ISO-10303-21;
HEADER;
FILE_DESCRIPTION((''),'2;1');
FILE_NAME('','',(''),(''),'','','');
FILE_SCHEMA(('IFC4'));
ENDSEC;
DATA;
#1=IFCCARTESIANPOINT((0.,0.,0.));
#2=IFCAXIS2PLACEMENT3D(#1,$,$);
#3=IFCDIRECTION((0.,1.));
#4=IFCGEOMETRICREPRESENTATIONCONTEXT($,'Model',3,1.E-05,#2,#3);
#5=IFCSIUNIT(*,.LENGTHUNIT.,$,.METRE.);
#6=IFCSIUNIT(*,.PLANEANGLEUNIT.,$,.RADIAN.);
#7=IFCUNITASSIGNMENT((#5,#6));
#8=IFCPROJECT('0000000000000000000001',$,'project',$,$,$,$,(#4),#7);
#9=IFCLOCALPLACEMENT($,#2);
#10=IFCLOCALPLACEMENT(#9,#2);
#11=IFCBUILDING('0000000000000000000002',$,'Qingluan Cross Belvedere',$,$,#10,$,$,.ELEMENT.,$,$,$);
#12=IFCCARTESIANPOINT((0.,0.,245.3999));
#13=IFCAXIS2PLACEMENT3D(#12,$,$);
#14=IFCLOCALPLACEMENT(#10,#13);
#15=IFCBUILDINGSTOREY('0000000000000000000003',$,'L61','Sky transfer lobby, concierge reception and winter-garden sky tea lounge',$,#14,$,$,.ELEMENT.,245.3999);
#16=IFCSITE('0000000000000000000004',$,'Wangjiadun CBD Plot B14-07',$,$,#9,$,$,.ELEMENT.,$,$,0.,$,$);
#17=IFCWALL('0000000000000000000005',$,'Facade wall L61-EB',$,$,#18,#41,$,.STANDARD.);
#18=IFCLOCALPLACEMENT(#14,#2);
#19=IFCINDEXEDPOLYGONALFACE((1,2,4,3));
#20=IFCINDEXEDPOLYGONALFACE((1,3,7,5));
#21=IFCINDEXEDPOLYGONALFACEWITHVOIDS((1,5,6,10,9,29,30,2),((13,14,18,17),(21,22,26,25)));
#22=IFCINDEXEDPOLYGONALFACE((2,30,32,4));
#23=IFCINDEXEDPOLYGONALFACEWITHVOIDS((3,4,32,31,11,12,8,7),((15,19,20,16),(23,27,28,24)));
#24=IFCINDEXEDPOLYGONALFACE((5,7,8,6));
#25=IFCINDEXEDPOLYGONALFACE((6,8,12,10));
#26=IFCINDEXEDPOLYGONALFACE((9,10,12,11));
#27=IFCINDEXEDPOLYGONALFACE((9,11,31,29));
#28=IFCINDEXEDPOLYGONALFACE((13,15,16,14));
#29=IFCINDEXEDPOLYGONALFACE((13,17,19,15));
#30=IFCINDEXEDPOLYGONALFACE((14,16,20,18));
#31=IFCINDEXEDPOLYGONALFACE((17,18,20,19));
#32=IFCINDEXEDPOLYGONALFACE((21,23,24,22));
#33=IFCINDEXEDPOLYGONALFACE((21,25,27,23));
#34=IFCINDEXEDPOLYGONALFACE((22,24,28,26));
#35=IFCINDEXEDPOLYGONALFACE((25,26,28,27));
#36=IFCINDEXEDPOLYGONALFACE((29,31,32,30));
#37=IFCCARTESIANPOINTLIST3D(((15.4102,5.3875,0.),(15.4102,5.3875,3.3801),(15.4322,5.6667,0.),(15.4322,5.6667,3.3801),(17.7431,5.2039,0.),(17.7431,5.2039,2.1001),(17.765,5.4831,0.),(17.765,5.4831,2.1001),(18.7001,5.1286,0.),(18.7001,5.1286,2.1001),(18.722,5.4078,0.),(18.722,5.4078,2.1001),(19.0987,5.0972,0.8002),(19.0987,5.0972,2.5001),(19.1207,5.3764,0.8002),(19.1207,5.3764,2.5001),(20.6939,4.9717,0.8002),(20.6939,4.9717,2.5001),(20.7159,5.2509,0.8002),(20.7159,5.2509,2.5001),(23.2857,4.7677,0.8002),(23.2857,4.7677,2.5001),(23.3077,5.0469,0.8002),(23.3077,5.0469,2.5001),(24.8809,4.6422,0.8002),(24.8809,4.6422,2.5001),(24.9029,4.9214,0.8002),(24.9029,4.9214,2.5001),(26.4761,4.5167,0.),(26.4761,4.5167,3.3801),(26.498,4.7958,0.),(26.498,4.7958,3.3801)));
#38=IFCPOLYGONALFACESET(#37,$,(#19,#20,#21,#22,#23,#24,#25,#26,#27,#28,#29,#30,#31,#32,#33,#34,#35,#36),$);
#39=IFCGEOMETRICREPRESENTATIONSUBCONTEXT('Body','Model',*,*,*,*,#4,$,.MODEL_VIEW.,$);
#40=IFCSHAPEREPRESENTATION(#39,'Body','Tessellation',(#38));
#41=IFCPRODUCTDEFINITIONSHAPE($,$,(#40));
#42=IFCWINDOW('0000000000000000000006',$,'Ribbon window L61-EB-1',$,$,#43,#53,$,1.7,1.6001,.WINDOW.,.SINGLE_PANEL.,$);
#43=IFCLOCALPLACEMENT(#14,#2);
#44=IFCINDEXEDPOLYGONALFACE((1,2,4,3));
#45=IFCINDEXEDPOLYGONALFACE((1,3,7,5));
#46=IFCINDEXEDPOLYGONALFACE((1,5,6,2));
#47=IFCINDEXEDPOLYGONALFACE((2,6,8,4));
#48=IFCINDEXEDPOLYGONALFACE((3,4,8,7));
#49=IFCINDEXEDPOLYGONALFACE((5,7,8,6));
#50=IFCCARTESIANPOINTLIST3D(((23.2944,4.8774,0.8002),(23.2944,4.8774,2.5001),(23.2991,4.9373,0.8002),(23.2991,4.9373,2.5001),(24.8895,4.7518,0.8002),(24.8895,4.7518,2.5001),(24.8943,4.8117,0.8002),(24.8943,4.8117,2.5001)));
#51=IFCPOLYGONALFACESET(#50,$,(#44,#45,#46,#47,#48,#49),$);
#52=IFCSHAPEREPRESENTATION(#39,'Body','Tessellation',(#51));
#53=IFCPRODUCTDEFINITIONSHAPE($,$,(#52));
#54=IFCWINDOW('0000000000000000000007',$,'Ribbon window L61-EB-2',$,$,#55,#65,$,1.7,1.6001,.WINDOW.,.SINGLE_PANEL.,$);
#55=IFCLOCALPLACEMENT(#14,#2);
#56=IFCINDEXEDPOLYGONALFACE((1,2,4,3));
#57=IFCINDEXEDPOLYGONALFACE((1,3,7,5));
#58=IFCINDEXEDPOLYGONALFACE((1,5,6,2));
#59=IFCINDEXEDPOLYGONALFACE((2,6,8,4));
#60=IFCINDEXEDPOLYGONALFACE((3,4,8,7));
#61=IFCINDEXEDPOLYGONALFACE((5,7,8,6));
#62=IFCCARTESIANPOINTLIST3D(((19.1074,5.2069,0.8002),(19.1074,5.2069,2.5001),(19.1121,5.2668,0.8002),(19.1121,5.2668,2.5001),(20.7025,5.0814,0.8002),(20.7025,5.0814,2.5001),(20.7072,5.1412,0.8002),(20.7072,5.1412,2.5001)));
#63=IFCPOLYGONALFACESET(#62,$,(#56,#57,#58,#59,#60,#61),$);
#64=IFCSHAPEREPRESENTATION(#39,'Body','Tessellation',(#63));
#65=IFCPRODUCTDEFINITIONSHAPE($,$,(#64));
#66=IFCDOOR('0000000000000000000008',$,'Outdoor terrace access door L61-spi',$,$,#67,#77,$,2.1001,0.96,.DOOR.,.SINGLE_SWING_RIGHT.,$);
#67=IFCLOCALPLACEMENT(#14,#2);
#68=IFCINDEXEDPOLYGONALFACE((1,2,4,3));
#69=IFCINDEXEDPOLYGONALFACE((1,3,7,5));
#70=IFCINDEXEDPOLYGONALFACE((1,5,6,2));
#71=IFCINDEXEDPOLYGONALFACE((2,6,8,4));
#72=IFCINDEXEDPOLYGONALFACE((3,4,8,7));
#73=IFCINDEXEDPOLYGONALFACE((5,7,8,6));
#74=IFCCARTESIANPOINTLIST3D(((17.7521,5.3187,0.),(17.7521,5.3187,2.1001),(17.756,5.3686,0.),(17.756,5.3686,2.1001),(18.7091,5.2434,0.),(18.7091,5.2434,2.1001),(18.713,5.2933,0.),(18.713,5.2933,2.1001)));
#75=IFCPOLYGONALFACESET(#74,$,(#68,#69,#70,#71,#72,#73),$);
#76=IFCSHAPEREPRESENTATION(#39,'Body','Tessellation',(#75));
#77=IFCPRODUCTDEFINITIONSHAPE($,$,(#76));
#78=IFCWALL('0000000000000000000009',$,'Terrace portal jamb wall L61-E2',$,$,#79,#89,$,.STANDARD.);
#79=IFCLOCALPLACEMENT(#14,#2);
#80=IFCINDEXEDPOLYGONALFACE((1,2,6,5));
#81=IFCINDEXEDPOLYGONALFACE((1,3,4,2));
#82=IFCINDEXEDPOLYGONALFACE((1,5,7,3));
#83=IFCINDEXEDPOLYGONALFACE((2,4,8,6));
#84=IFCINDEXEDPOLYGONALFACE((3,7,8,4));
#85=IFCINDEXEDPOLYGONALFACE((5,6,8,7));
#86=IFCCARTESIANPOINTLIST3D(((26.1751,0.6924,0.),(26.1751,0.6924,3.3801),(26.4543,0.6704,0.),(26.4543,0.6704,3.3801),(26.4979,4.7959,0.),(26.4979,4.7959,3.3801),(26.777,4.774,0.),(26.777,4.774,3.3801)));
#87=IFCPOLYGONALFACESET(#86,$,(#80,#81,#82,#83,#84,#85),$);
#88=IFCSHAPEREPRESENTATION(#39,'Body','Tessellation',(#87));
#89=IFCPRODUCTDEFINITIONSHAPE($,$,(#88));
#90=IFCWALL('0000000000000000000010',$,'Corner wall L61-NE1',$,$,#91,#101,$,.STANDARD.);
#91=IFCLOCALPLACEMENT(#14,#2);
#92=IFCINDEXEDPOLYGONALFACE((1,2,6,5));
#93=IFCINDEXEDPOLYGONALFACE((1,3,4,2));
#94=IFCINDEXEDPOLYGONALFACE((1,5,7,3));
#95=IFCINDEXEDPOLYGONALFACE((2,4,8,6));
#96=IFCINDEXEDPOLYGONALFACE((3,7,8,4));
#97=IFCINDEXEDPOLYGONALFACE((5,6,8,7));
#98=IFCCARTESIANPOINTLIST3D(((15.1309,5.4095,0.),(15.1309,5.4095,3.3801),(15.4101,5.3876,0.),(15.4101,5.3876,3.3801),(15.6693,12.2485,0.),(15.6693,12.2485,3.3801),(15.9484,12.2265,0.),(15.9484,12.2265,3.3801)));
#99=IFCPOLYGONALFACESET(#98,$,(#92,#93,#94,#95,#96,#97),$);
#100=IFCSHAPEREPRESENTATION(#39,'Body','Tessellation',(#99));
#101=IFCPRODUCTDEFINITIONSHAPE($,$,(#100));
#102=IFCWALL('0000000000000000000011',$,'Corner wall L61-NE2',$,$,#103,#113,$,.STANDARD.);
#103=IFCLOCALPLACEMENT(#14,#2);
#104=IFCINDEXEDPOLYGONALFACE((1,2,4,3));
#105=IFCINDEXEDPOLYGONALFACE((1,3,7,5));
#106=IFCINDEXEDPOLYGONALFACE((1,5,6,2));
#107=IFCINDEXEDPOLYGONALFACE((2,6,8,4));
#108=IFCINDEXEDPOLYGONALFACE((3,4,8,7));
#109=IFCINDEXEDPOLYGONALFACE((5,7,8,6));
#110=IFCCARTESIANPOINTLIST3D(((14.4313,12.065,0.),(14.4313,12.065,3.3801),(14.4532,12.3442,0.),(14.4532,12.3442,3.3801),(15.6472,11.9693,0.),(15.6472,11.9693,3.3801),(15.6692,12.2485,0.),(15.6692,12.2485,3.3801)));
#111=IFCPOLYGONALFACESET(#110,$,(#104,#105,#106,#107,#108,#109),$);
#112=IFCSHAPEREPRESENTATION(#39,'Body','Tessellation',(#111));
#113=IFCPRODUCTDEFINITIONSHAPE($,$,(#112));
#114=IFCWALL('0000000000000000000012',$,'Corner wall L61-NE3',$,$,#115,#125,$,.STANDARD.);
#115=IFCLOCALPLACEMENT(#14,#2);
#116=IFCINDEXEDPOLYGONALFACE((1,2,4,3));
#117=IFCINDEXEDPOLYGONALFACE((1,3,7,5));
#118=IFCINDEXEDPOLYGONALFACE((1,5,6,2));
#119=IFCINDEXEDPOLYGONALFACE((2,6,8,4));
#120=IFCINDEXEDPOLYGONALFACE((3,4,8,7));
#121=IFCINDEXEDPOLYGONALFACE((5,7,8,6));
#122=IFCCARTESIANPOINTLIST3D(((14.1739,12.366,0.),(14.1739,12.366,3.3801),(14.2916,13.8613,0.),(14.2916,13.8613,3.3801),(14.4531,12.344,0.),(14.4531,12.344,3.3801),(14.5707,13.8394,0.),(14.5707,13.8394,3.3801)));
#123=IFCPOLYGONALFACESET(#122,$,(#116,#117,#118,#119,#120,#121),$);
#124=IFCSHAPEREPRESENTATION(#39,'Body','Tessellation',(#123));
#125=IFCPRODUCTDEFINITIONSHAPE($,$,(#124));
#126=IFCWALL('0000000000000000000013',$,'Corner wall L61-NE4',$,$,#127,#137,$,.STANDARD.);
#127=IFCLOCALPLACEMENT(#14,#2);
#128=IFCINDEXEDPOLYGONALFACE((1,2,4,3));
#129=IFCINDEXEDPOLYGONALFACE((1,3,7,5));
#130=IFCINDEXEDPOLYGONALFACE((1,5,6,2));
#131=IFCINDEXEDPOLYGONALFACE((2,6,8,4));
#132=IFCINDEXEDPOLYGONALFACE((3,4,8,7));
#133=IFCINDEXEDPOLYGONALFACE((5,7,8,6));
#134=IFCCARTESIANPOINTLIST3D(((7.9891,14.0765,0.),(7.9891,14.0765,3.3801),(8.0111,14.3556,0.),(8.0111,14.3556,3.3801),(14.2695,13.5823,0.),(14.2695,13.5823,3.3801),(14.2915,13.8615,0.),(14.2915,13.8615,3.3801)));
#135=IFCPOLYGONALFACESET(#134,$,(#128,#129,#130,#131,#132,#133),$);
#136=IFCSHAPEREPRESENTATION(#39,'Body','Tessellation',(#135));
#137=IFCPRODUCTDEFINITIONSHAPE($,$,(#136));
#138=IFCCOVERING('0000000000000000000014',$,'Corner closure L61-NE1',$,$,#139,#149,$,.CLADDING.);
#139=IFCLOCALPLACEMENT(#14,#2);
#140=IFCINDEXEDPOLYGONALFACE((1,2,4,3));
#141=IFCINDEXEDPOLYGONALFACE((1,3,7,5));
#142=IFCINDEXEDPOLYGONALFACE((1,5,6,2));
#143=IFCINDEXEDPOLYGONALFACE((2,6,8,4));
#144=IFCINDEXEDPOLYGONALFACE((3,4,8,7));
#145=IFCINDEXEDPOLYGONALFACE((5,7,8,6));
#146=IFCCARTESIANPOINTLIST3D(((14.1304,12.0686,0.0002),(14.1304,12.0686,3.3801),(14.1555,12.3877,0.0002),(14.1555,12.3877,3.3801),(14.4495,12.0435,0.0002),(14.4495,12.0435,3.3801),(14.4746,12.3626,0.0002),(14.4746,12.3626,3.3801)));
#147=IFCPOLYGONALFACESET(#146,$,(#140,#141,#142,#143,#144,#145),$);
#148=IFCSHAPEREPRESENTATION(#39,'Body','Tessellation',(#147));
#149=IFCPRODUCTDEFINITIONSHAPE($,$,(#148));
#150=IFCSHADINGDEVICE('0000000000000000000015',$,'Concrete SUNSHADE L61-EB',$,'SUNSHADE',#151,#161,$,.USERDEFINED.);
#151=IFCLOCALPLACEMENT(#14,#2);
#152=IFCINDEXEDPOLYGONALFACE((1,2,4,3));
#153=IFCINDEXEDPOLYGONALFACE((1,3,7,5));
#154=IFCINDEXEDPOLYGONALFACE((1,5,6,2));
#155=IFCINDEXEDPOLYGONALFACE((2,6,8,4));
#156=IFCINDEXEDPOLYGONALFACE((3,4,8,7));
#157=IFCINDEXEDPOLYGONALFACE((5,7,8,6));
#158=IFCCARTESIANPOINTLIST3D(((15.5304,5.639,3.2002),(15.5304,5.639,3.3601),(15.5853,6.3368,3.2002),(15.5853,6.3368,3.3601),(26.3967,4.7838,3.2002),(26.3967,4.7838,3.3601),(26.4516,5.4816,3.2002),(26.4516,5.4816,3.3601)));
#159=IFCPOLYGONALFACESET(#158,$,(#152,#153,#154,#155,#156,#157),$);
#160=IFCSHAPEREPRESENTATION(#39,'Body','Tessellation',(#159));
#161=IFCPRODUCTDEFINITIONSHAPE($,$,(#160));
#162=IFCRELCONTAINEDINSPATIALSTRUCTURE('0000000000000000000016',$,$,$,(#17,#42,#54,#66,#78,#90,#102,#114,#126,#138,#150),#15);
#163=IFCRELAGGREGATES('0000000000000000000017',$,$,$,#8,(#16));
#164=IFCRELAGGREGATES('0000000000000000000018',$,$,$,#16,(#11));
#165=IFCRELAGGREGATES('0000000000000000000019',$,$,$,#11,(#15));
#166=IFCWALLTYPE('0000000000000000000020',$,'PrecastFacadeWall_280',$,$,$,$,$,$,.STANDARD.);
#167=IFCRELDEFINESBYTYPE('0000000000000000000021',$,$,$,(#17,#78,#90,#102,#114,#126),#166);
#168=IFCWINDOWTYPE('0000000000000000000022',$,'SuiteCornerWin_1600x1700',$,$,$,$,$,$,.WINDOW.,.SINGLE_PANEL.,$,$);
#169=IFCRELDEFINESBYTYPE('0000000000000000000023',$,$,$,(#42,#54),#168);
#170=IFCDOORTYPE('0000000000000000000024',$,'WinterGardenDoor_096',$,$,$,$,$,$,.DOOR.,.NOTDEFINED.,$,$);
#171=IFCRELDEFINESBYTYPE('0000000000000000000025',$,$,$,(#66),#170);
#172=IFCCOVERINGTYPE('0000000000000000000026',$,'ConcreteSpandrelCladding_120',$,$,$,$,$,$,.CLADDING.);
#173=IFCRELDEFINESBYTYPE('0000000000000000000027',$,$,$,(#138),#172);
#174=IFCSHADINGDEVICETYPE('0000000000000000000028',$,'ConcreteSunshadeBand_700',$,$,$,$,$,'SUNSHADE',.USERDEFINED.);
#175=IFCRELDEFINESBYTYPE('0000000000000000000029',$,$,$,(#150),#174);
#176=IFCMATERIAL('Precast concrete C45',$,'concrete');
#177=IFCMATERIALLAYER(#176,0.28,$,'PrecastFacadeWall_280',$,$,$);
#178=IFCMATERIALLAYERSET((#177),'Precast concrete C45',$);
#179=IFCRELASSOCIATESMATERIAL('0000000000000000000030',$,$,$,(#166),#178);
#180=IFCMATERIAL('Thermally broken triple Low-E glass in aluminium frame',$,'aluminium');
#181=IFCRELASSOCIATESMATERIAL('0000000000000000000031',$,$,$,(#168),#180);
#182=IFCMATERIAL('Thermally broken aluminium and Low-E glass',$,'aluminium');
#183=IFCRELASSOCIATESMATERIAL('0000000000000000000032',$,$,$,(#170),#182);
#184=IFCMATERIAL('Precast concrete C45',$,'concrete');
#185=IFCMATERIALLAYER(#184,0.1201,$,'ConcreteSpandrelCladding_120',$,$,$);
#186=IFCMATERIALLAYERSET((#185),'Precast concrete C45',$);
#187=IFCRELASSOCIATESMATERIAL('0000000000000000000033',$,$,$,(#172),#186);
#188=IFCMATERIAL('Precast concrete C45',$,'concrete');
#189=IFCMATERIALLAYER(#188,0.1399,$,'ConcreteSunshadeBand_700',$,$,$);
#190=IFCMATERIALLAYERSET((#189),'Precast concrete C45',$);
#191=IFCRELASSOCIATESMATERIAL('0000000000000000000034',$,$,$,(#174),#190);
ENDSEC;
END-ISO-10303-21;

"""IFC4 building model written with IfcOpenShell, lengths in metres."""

from ifc_helpers import new_model, si_unit, direction, frame, frame_2d, origin, origin_2d, place, context, subcontext, project, spatial, rectangle, extrude, material, layer, layer_set, type_object, element, fill, save


model = new_model("IFC4")

# Units and contexts
model_context = context("Model", 3, precision=1e-05, world=origin(), true_north=direction((0.0, 1.0)))
body_context = subcontext(model_context, "Body", "Model", "MODEL_VIEW")
ifc_project = project(units=[si_unit("LENGTHUNIT", "METRE"), si_unit("PLANEANGLEUNIT", "RADIAN")], contexts=[model_context])

# Site, building, storey
site_placement = place(None, origin())
site = spatial("IfcSite", under=ifc_project, at=site_placement, Name="Wangjiadun CBD Plot B14-07", CompositionType="ELEMENT", RefElevation=0.0)
building_placement = place(site_placement, origin())
building = spatial("IfcBuilding", under=site, at=building_placement, Name="Qingluan Cross Belvedere", CompositionType="ELEMENT")
storey_placement = place(building_placement, frame((0.0, 0.0, 245.3999)))
storey = spatial("IfcBuildingStorey", under=building, at=storey_placement, Name="L61", Description="Sky transfer lobby, concierge reception and winter-garden sky tea lounge", CompositionType="ELEMENT", Elevation=245.3999)

# Wall, openings, windows, door
ifc_material_1 = material(Name="Precast concrete C45", Category="concrete")
ifc_layer_1 = layer(ifc_material_1, 0.28, Name="PrecastFacadeWall_280")
ifc_layer_set_1 = layer_set([ifc_layer_1], Name="Precast concrete C45")
wall_type_1 = type_object("IfcWallType", Name="PrecastFacadeWall_280", PredefinedType="STANDARD", material=ifc_layer_set_1)
wall_1_placement = place(storey_placement, frame((26.4871, 4.6562, 0.0), z_axis=(0.0, 0.0, 1.0), x_axis=(-0.996918, 0.078454, 0.0)))
wall_1 = element("IfcWall", 1, at=wall_1_placement, inside=storey, type_object=wall_type_1, Name="Facade wall L61-EB", PredefinedType="STANDARD", context=body_context, shape_type="SweptSolid", body=[
    extrude(rectangle(XDim=11.1001, YDim=0.28, at=frame_2d((5.55, 0.0))), origin(), (0.0, 0.0, 1.0), 3.3801),
])
opening_1_placement = place(wall_1_placement, frame((1.6001, 0.0, 0.8)))
opening_1 = element("IfcOpeningElement", 2, at=opening_1_placement, cuts=wall_1, PredefinedType="OPENING", context=body_context, shape_type="SweptSolid", body=[
    extrude(rectangle(XDim=1.6001, YDim=1.7, at=frame_2d((0.8, 0.8501))), frame((0.0, 0.1499, 0.0), z_axis=(0.0, -1.0, 0.0), x_axis=(1.0, 0.0, 0.0)), (0.0, 0.0, 1.0), 0.3),
])
opening_2_placement = place(wall_1_placement, frame((5.8, 0.0, 0.8)))
opening_2 = element("IfcOpeningElement", 3, at=opening_2_placement, cuts=wall_1, PredefinedType="OPENING", context=body_context, shape_type="SweptSolid", body=[
    extrude(rectangle(XDim=1.6001, YDim=1.7, at=frame_2d((0.8, 0.8501))), frame((0.0, 0.1499, 0.0), z_axis=(0.0, -1.0, 0.0), x_axis=(1.0, 0.0, 0.0)), (0.0, 0.0, 1.0), 0.3),
])
opening_3_placement = place(wall_1_placement, frame((7.8, 0.0, 0.0)))
opening_3 = element("IfcOpeningElement", 4, at=opening_3_placement, cuts=wall_1, PredefinedType="OPENING", context=body_context, shape_type="SweptSolid", body=[
    extrude(rectangle(XDim=0.96, YDim=2.1001, at=frame_2d((0.48, 1.05))), frame((0.0, 0.1499, 0.0), z_axis=(0.0, -1.0, 0.0), x_axis=(1.0, 0.0, 0.0)), (0.0, 0.0, 1.0), 0.3),
])
ifc_material_2 = material(Name="Thermally broken triple Low-E glass in aluminium frame", Category="aluminium")
window_type = type_object("IfcWindowType", Name="SuiteCornerWin_1600x1700", PartitioningType="SINGLE_PANEL", PredefinedType="WINDOW", material=ifc_material_2)
window_1_placement = place(opening_1_placement, origin())
window_1 = element("IfcWindow", 5, at=window_1_placement, inside=storey, type_object=window_type, Name="Ribbon window L61-EB-1", OverallHeight=1.7, OverallWidth=1.6001, PartitioningType="SINGLE_PANEL", PredefinedType="WINDOW", context=body_context, shape_type="SweptSolid", body=[
    extrude(rectangle(XDim=1.6001, YDim=1.7, at=frame_2d((0.8, 0.8501))), frame((0.0, 0.03, 0.0), z_axis=(0.0, -1.0, 0.0), x_axis=(1.0, 0.0, 0.0)), (0.0, 0.0, 1.0), 0.0601),
])
fill(opening_1, window_1)
window_2_placement = place(opening_2_placement, origin())
window_2 = element("IfcWindow", 6, at=window_2_placement, inside=storey, type_object=window_type, Name="Ribbon window L61-EB-2", OverallHeight=1.7, OverallWidth=1.6001, PartitioningType="SINGLE_PANEL", PredefinedType="WINDOW", context=body_context, shape_type="SweptSolid", body=[
    extrude(rectangle(XDim=1.6001, YDim=1.7, at=frame_2d((0.8, 0.8501))), frame((0.0, 0.03, 0.0), z_axis=(0.0, -1.0, 0.0), x_axis=(1.0, 0.0, 0.0)), (0.0, 0.0, 1.0), 0.0601),
])
fill(opening_2, window_2)
ifc_material_3 = material(Name="Thermally broken aluminium and Low-E glass", Category="aluminium")
door_type_1 = type_object("IfcDoorType", Name="WinterGardenDoor_096", OperationType="NOTDEFINED", PredefinedType="DOOR", material=ifc_material_3)
door_1_placement = place(opening_3_placement, origin())
door_1 = element("IfcDoor", 7, at=door_1_placement, inside=storey, type_object=door_type_1, Name="Outdoor terrace access door L61-spi", OperationType="SINGLE_SWING_RIGHT", OverallHeight=2.1001, OverallWidth=0.96, PredefinedType="DOOR", context=body_context, shape_type="SweptSolid", body=[
    extrude(rectangle(XDim=0.96, YDim=2.1001, at=frame_2d((0.48, 1.05))), frame((0.0, 0.0249, 0.0), z_axis=(0.0, -1.0, 0.0), x_axis=(1.0, 0.0, 0.0)), (0.0, 0.0, 1.0), 0.05),
])
fill(opening_3, door_1)

# Walls
wall_2_placement = place(storey_placement, frame((26.3147, 0.6814, 0.0), z_axis=(0.0, 0.0, 1.0), x_axis=(0.078411, 0.996921, 0.0)))
element("IfcWall", 8, at=wall_2_placement, inside=storey, type_object=wall_type_1, Name="Terrace portal jamb wall L61-E2", PredefinedType="STANDARD", context=body_context, shape_type="SweptSolid", body=[
    extrude(rectangle(XDim=4.1162, YDim=0.28, at=frame_2d((2.0581, 0.0))), origin(), (0.0, 0.0, 1.0), 3.3801),
])
wall_3_placement = place(storey_placement, frame((15.2705, 5.3984, 0.0), z_axis=(0.0, 0.0, 1.0), x_axis=(0.078474, 0.996916, 0.0)))
element("IfcWall", 9, at=wall_3_placement, inside=storey, type_object=wall_type_1, Name="Corner wall L61-NE1", PredefinedType="STANDARD", context=body_context, shape_type="SweptSolid", body=[
    extrude(rectangle(XDim=6.8601, YDim=0.28, at=frame_2d((3.4302, 0.0))), origin(), (0.0, 0.0, 1.0), 3.3801),
])
wall_4_placement = place(storey_placement, frame((15.6582, 12.1089, 0.0), z_axis=(0.0, 0.0, 1.0), x_axis=(-0.996918, 0.078456, 0.0)))
element("IfcWall", 10, at=wall_4_placement, inside=storey, type_object=wall_type_1, Name="Corner wall L61-NE2", PredefinedType="STANDARD", context=body_context, shape_type="SweptSolid", body=[
    extrude(rectangle(XDim=1.2197, YDim=0.28, at=frame_2d((0.6099, 0.0))), origin(), (0.0, 0.0, 1.0), 3.3801),
])
wall_5_placement = place(storey_placement, frame((14.3135, 12.355, 0.0), z_axis=(0.0, 0.0, 1.0), x_axis=(0.078451, 0.996918, 0.0)))
element("IfcWall", 11, at=wall_5_placement, inside=storey, type_object=wall_type_1, Name="Corner wall L61-NE3", PredefinedType="STANDARD", context=body_context, shape_type="SweptSolid", body=[
    extrude(rectangle(XDim=1.5, YDim=0.28, at=frame_2d((0.75, 0.0))), origin(), (0.0, 0.0, 1.0), 3.3801),
])
wall_6_placement = place(storey_placement, frame((14.2805, 13.7219, 0.0), z_axis=(0.0, 0.0, 1.0), x_axis=(-0.996919, 0.078436, 0.0)))
element("IfcWall", 12, at=wall_6_placement, inside=storey, type_object=wall_type_1, Name="Corner wall L61-NE4", PredefinedType="STANDARD", context=body_context, shape_type="SweptSolid", body=[
    extrude(rectangle(XDim=6.2998, YDim=0.28, at=frame_2d((3.1499, 0.0))), origin(), (0.0, 0.0, 1.0), 3.3801),
])

# Covering
ifc_material_4 = material(Name="Precast concrete C45", Category="concrete")
ifc_layer_2 = layer(ifc_material_4, 0.1201, Name="ConcreteSpandrelCladding_120")
ifc_layer_set_2 = layer_set([ifc_layer_2], Name="Precast concrete C45")
covering_type_1 = type_object("IfcCoveringType", Name="ConcreteSpandrelCladding_120", PredefinedType="CLADDING", material=ifc_layer_set_2)
covering_1_placement = place(storey_placement, frame((14.3025, 12.2156, 0.0002), z_axis=(0.0, 0.0, 1.0), x_axis=(0.996917, -0.078459, 0.0)))
element("IfcCovering", 13, at=covering_1_placement, inside=storey, type_object=covering_type_1, Name="Corner closure L61-NE1", PredefinedType="CLADDING", context=body_context, shape_type="SweptSolid", body=[
    extrude(rectangle(XDim=0.3201, YDim=0.3201, at=origin_2d()), origin(), (0.0, 0.0, 1.0), 3.3799),
])

# Shading device
ifc_material_5 = material(Name="Precast concrete C45", Category="concrete")
ifc_layer_3 = layer(ifc_material_5, 0.1399, Name="ConcreteSunshadeBand_700")
ifc_layer_set_3 = layer_set([ifc_layer_3], Name="Precast concrete C45")
shading_device_type = type_object("IfcShadingDeviceType", Name="ConcreteSunshadeBand_700", ElementType="SUNSHADE", PredefinedType="USERDEFINED", material=ifc_layer_set_3)
shading_device_placement = place(storey_placement, frame((20.991, 5.5603, 3.2002), z_axis=(0.0, 0.0, 1.0), x_axis=(-0.996917, 0.078459, 0.0)))
element("IfcShadingDevice", 14, at=shading_device_placement, inside=storey, type_object=shading_device_type, Name="Concrete SUNSHADE L61-EB", ObjectType="SUNSHADE", PredefinedType="USERDEFINED", context=body_context, shape_type="SweptSolid", body=[
    extrude(rectangle(XDim=10.8999, YDim=0.7, at=origin_2d()), origin(), (0.0, 0.0, 1.0), 0.1599),
])

save(model, "model.ifc")
